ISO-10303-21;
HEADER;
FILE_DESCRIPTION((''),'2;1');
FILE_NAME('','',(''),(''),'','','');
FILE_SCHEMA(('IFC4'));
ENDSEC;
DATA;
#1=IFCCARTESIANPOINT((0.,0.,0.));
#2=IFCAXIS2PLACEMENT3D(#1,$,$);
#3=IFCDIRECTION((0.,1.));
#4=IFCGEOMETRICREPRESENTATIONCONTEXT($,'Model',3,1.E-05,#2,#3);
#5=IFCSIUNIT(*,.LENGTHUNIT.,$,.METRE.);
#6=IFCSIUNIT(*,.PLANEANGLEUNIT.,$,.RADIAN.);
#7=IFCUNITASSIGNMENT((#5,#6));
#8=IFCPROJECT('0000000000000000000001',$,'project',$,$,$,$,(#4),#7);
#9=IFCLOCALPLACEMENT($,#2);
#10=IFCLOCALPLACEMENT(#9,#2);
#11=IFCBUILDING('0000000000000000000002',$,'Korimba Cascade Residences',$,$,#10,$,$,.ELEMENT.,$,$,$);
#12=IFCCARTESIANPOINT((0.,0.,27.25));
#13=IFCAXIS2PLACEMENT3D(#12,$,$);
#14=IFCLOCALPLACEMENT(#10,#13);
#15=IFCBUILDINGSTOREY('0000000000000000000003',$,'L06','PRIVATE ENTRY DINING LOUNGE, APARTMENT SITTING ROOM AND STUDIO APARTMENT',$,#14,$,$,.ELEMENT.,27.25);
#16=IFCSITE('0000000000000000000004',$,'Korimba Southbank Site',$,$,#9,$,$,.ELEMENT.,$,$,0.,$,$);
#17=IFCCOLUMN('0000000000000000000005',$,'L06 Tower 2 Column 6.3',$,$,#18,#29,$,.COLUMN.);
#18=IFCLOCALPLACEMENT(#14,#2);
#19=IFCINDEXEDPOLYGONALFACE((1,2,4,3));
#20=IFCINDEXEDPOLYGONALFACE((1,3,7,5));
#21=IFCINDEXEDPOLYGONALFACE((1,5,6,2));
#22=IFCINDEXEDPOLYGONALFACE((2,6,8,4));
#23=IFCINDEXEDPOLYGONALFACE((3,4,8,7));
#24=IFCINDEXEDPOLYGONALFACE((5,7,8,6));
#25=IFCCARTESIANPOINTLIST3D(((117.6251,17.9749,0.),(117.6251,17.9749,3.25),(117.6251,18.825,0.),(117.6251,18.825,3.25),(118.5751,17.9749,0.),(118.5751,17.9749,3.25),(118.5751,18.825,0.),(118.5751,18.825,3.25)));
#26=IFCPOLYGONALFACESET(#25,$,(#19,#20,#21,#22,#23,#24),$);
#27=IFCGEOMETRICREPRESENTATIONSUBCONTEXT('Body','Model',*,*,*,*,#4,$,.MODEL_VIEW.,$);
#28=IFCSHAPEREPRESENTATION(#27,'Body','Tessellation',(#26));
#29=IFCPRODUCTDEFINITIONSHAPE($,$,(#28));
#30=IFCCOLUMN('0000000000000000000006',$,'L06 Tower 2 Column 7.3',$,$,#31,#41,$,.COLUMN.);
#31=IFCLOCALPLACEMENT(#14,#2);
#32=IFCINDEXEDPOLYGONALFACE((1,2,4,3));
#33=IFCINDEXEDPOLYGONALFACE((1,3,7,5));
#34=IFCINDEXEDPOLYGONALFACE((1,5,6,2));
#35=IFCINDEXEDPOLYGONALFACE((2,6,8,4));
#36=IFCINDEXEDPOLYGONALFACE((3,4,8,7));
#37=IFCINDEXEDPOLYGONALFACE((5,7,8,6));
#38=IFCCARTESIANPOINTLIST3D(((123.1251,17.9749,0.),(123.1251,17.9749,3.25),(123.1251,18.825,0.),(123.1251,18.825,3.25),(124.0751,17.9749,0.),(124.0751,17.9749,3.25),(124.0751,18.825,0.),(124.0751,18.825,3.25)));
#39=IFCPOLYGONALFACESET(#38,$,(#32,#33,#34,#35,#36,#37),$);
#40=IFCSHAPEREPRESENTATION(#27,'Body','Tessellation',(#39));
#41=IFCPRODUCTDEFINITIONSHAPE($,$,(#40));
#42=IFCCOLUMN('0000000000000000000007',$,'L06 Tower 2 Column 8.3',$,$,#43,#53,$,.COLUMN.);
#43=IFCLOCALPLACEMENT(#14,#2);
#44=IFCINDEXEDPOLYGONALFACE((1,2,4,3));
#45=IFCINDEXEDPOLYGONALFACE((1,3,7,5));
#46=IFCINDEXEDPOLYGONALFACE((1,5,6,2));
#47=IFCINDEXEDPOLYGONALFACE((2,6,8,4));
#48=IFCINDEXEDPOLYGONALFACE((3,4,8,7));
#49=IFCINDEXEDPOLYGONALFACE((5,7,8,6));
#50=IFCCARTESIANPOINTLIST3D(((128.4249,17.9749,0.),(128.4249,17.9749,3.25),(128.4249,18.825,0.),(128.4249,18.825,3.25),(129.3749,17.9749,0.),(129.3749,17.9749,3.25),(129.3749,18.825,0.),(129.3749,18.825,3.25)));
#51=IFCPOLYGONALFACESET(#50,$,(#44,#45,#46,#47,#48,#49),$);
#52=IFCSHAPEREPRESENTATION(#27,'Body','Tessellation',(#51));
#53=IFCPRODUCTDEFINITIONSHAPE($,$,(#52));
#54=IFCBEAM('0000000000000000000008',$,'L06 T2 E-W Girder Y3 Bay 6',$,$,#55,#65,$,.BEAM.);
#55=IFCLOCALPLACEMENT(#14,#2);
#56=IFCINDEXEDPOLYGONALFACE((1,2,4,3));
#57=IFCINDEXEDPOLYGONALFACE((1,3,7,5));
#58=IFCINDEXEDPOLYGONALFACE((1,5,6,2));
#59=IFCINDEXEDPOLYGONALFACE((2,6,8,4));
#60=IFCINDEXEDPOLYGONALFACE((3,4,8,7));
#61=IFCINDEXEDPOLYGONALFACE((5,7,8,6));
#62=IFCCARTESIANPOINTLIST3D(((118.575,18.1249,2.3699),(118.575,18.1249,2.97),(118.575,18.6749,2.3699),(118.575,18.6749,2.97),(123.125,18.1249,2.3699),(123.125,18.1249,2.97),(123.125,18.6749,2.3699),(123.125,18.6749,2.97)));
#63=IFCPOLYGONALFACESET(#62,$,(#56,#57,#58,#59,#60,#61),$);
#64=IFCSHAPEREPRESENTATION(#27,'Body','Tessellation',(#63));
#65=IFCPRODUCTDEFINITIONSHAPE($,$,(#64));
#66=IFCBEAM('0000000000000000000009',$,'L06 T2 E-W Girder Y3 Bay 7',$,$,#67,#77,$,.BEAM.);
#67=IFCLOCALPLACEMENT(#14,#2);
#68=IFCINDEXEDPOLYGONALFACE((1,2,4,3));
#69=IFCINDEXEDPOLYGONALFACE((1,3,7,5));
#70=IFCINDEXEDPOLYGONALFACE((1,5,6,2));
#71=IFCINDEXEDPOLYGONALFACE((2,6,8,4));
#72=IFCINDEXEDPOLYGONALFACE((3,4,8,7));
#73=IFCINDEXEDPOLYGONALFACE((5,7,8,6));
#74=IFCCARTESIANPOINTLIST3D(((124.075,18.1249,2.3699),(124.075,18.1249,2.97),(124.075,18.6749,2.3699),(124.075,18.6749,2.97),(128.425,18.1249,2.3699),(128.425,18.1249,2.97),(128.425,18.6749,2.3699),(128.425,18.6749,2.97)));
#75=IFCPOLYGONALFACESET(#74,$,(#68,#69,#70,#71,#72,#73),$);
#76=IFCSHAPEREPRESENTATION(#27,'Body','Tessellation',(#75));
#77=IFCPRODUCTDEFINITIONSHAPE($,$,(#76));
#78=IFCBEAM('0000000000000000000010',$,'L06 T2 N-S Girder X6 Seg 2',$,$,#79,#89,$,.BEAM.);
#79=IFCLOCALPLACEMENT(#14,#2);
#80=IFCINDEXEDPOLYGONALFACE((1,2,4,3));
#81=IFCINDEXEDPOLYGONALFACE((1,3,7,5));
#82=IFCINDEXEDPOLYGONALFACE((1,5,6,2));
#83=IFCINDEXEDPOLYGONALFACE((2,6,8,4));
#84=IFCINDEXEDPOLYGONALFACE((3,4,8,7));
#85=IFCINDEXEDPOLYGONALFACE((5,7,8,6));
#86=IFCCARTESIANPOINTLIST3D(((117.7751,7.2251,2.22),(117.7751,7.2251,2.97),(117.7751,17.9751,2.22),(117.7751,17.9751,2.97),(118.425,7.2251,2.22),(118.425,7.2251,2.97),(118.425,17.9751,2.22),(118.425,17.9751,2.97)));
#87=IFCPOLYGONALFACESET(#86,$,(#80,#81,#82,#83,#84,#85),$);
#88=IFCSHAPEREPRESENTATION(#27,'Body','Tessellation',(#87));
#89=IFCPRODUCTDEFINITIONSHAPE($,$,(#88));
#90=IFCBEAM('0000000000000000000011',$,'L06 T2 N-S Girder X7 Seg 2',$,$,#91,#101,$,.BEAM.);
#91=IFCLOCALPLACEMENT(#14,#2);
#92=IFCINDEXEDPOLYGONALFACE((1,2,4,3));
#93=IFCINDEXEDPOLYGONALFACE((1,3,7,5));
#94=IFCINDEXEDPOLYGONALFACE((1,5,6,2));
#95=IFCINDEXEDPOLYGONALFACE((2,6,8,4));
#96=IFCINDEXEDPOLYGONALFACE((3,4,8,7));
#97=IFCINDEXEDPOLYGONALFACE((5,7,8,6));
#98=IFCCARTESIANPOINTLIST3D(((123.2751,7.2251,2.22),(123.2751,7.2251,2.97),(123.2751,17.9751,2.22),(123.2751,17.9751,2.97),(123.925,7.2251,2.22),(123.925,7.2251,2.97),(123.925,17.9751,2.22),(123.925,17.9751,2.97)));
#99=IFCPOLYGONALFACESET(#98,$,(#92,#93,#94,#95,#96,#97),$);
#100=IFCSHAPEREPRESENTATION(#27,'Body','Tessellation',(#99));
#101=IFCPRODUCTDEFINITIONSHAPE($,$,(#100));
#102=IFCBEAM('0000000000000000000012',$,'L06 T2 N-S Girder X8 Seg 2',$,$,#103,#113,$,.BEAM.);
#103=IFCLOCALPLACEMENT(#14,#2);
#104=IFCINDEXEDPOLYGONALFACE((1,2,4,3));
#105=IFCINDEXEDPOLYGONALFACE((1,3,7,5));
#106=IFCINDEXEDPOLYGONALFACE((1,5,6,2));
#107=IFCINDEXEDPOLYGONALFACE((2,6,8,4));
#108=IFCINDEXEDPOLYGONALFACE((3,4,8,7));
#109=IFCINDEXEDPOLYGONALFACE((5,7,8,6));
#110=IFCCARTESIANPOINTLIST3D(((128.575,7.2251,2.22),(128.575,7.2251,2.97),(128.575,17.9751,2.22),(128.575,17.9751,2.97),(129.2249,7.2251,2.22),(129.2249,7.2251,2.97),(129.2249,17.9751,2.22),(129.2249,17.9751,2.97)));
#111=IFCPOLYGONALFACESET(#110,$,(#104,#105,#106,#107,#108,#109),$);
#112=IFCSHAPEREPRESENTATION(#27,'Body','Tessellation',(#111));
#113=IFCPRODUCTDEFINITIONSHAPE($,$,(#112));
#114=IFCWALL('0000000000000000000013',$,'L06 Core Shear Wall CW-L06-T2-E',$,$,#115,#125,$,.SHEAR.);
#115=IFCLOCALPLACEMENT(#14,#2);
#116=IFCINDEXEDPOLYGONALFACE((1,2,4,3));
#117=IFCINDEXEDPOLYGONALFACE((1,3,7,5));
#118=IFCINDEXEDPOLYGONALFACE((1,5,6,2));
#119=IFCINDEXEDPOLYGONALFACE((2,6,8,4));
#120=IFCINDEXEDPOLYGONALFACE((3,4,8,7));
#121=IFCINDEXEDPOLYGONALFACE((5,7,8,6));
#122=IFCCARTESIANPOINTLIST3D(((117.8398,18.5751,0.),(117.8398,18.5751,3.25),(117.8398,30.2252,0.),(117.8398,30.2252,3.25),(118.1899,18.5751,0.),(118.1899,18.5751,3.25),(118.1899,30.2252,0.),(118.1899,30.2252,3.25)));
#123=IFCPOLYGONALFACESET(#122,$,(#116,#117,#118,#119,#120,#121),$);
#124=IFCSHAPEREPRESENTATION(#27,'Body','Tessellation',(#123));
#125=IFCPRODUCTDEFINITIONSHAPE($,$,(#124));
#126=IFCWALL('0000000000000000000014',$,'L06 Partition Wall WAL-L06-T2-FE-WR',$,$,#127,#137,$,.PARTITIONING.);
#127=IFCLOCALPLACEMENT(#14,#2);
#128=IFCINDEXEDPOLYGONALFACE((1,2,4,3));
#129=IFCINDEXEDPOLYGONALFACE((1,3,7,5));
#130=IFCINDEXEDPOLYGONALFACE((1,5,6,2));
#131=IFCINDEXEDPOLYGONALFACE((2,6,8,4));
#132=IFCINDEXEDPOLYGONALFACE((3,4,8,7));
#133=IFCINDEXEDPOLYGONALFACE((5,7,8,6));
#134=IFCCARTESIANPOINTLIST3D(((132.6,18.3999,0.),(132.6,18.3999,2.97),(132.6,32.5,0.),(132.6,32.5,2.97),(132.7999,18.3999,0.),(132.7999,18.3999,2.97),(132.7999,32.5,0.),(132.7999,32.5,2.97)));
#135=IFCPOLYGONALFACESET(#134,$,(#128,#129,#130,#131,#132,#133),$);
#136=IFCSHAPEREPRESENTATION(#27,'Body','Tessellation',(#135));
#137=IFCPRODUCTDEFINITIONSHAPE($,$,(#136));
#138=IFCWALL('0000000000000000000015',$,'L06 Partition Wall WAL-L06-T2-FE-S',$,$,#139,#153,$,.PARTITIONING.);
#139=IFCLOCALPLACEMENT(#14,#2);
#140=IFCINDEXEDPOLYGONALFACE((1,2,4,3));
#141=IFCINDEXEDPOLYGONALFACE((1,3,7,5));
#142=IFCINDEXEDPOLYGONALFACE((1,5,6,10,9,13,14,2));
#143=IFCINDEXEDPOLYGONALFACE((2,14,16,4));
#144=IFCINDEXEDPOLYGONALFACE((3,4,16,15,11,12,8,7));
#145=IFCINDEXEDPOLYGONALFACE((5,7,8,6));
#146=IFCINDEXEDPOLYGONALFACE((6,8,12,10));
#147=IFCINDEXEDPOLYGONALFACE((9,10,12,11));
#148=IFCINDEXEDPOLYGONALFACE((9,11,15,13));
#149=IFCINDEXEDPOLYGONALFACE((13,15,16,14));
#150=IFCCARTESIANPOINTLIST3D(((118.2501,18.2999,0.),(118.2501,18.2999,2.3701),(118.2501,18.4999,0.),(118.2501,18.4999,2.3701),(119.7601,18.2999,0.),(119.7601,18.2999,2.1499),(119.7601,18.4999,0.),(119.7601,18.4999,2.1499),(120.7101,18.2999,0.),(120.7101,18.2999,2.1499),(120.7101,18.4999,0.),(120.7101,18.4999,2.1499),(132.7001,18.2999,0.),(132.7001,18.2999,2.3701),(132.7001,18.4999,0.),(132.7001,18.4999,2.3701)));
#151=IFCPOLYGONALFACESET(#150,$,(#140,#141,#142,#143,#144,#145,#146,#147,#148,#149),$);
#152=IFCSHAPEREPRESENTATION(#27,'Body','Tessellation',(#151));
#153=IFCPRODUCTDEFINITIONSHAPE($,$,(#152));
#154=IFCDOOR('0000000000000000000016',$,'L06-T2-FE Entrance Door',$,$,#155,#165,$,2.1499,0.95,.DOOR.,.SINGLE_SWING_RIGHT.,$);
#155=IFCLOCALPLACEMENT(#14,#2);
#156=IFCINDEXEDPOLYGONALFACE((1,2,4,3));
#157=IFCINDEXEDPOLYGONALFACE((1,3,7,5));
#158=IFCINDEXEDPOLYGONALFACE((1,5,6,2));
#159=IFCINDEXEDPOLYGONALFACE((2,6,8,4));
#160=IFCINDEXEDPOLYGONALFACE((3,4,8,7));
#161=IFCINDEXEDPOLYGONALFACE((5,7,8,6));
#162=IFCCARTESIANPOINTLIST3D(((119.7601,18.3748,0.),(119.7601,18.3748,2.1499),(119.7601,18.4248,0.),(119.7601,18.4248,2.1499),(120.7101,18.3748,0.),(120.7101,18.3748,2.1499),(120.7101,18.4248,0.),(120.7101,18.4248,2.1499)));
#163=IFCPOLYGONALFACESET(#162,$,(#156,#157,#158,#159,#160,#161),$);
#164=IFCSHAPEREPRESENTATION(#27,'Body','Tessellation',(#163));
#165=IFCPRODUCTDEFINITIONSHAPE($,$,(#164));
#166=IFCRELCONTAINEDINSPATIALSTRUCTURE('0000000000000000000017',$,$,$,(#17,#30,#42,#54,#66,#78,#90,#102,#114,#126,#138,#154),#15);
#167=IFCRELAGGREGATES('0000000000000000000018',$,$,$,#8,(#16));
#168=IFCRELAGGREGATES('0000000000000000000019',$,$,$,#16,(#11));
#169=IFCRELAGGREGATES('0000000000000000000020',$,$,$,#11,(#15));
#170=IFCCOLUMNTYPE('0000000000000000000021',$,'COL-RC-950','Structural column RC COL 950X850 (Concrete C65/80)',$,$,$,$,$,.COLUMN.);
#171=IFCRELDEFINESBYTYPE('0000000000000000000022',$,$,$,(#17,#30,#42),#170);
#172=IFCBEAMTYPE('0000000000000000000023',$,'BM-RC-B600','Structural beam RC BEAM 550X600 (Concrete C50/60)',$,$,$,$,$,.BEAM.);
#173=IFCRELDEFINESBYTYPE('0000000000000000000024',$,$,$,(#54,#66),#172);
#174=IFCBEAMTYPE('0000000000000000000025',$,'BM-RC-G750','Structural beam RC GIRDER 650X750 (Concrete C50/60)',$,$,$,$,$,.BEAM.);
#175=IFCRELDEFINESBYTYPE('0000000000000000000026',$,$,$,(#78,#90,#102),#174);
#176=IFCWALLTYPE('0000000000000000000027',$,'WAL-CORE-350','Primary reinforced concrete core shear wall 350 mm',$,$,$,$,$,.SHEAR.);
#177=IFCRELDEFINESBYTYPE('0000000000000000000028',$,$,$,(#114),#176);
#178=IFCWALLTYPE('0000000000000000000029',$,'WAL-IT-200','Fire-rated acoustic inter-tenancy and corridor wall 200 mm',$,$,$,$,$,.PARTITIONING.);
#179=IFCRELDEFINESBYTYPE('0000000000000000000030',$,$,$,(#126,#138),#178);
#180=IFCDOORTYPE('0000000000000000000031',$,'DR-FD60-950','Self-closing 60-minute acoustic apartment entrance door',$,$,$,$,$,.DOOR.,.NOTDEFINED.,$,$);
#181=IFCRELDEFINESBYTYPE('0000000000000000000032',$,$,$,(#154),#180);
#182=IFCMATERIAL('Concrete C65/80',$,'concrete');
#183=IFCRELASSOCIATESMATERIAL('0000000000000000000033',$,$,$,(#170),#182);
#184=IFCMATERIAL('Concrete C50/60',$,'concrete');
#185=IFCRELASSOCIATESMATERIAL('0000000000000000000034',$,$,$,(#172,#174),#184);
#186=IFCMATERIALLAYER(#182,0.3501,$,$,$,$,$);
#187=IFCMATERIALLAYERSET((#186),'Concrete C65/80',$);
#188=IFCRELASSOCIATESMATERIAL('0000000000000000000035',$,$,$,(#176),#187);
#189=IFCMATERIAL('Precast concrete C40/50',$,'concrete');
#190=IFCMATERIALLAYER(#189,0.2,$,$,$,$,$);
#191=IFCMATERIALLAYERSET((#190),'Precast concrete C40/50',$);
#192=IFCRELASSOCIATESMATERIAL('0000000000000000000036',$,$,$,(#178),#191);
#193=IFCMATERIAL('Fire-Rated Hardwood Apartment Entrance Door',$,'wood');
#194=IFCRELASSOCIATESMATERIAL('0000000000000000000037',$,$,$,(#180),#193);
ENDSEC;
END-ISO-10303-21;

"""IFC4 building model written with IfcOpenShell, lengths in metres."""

from ifc_helpers import new_model, si_unit, direction, frame, frame_2d, origin, origin_2d, place, context, subcontext, project, spatial, rectangle, extrude, material, layer, layer_set, material_profile, profile_set, type_object, element, fill, save


model = new_model("IFC4")

# Units and contexts
model_context = context("Model", 3, precision=1e-05, world=origin(), true_north=direction((0.0, 1.0)))
body_context = subcontext(model_context, "Body", "Model", "MODEL_VIEW")
ifc_project = project(units=[si_unit("LENGTHUNIT", "METRE"), si_unit("PLANEANGLEUNIT", "RADIAN")], contexts=[model_context])

# Site, building, storey
site_placement = place(None, origin())
site = spatial("IfcSite", under=ifc_project, at=site_placement, Name="Korimba Southbank Site", CompositionType="ELEMENT", RefElevation=0.0)
building_placement = place(site_placement, origin())
building = spatial("IfcBuilding", under=site, at=building_placement, Name="Korimba Cascade Residences", CompositionType="ELEMENT")
storey_placement = place(building_placement, frame((0.0, 0.0, 27.25)))
storey = spatial("IfcBuildingStorey", under=building, at=storey_placement, Name="L06", Description="PRIVATE ENTRY DINING LOUNGE, APARTMENT SITTING ROOM AND STUDIO APARTMENT", CompositionType="ELEMENT", Elevation=27.25)

# Columns
ifc_material_1 = material(Name="Concrete C65/80", Category="concrete")
ifc_material_profile_1 = material_profile(ifc_material_1, rectangle(XDim=0.95, YDim=0.8501, at=origin_2d()), Name="Concrete C65/80")
ifc_profile_set_1 = profile_set([ifc_material_profile_1], Name="Concrete C65/80")
column_type = type_object("IfcColumnType", Name="COL-RC-950", Description="Structural column RC COL 950X850 (Concrete C65/80)", PredefinedType="COLUMN", material=ifc_profile_set_1)
for number, where, z_axis, x_axis, name in (
    (1, (118.1001, 18.3999, 0.0), (0.0, 0.0, 1.0), (1.0, 0.0, 0.0), "L06 Tower 2 Column 6.3"),
    (2, (123.6001, 18.3999, 0.0), (0.0, 0.0, 1.0), (1.0, 0.0, 0.0), "L06 Tower 2 Column 7.3"),
    (3, (128.8999, 18.3999, 0.0), (0.0, 0.0, 1.0), (1.0, 0.0, 0.0), "L06 Tower 2 Column 8.3"),
):
    element("IfcColumn", number, at=place(storey_placement, frame(where, z_axis=z_axis, x_axis=x_axis)), inside=storey, type_object=column_type, Name=name, PredefinedType="COLUMN", context=body_context, shape_type="SweptSolid", body=[
        extrude(rectangle(XDim=0.95, YDim=0.8501, at=origin_2d()), origin(), (0.0, 0.0, 1.0), 3.25),
    ])

# Beams
ifc_material_2 = material(Name="Concrete C50/60", Category="concrete")
ifc_material_profile_2 = material_profile(ifc_material_2, rectangle(XDim=0.55, YDim=0.6001, at=origin_2d()), Name="Concrete C50/60")
ifc_profile_set_2 = profile_set([ifc_material_profile_2], Name="Concrete C50/60")
beam_type_1 = type_object("IfcBeamType", Name="BM-RC-B600", Description="Structural beam RC BEAM 550X600 (Concrete C50/60)", PredefinedType="BEAM", material=ifc_profile_set_2)
beam_1_placement = place(storey_placement, frame((118.575, 18.3999, 2.6699), z_axis=(1.0, 0.0, 0.0), x_axis=(0.0, 1.0, 0.0)))
element("IfcBeam", 4, at=beam_1_placement, inside=storey, type_object=beam_type_1, Name="L06 T2 E-W Girder Y3 Bay 6", PredefinedType="BEAM", context=body_context, shape_type="SweptSolid", body=[
    extrude(rectangle(XDim=0.55, YDim=0.6001, at=origin_2d()), origin(), (0.0, 0.0, 1.0), 4.55),
])
beam_2_placement = place(storey_placement, frame((124.075, 18.3999, 2.6699), z_axis=(1.0, 0.0, 0.0), x_axis=(0.0, 1.0, 0.0)))
element("IfcBeam", 5, at=beam_2_placement, inside=storey, type_object=beam_type_1, Name="L06 T2 E-W Girder Y3 Bay 7", PredefinedType="BEAM", context=body_context, shape_type="SweptSolid", body=[
    extrude(rectangle(XDim=0.55, YDim=0.6001, at=origin_2d()), origin(), (0.0, 0.0, 1.0), 4.3501),
])
ifc_material_profile_3 = material_profile(ifc_material_2, rectangle(XDim=0.6499, YDim=0.75, at=origin_2d()), Name="Concrete C50/60")
ifc_profile_set_3 = profile_set([ifc_material_profile_3], Name="Concrete C50/60")
beam_type_2 = type_object("IfcBeamType", Name="BM-RC-G750", Description="Structural beam RC GIRDER 650X750 (Concrete C50/60)", PredefinedType="BEAM", material=ifc_profile_set_3)
for number, where, z_axis, x_axis, name in (
    (6, (118.1001, 7.2251, 2.595), (0.0, 1.0, 0.0), (-1.0, 0.0, 0.0), "L06 T2 N-S Girder X6 Seg 2"),
    (7, (123.6001, 7.2251, 2.595), (0.0, 1.0, 0.0), (-1.0, 0.0, 0.0), "L06 T2 N-S Girder X7 Seg 2"),
    (8, (128.8999, 7.2251, 2.595), (0.0, 1.0, 0.0), (-1.0, 0.0, 0.0), "L06 T2 N-S Girder X8 Seg 2"),
):
    element("IfcBeam", number, at=place(storey_placement, frame(where, z_axis=z_axis, x_axis=x_axis)), inside=storey, type_object=beam_type_2, Name=name, PredefinedType="BEAM", context=body_context, shape_type="SweptSolid", body=[
        extrude(rectangle(XDim=0.6499, YDim=0.75, at=origin_2d()), origin(), (0.0, 0.0, 1.0), 10.75),
    ])

# Walls
ifc_layer_1 = layer(ifc_material_1, 0.3501)
ifc_layer_set_1 = layer_set([ifc_layer_1], Name="Concrete C65/80")
wall_type_1 = type_object("IfcWallType", Name="WAL-CORE-350", Description="Primary reinforced concrete core shear wall 350 mm", PredefinedType="SHEAR", material=ifc_layer_set_1)
wall_1_placement = place(storey_placement, frame((118.0149, 18.575, 0.0), z_axis=(0.0, 0.0, 1.0), x_axis=(0.0, 1.0, 0.0)))
element("IfcWall", 9, at=wall_1_placement, inside=storey, type_object=wall_type_1, Name="L06 Core Shear Wall CW-L06-T2-E", PredefinedType="SHEAR", context=body_context, shape_type="SweptSolid", body=[
    extrude(rectangle(XDim=11.6501, YDim=0.3501, at=frame_2d((5.8252, 0.0))), origin(), (0.0, 0.0, 1.0), 3.25),
])
ifc_material_3 = material(Name="Precast concrete C40/50", Category="concrete")
ifc_layer_2 = layer(ifc_material_3, 0.2)
ifc_layer_set_2 = layer_set([ifc_layer_2], Name="Precast concrete C40/50")
wall_type_2 = type_object("IfcWallType", Name="WAL-IT-200", Description="Fire-rated acoustic inter-tenancy and corridor wall 200 mm", PredefinedType="PARTITIONING", material=ifc_layer_set_2)
wall_2_placement = place(storey_placement, frame((132.7, 18.3999, 0.0), z_axis=(0.0, 0.0, 1.0), x_axis=(0.0, 1.0, 0.0)))
element("IfcWall", 10, at=wall_2_placement, inside=storey, type_object=wall_type_2, Name="L06 Partition Wall WAL-L06-T2-FE-WR", PredefinedType="PARTITIONING", context=body_context, shape_type="SweptSolid", body=[
    extrude(rectangle(XDim=14.1001, YDim=0.2, at=frame_2d((7.05, 0.0))), origin(), (0.0, 0.0, 1.0), 2.97),
])

# Wall, opening, door
wall_3_placement = place(storey_placement, frame((118.25, 18.3999, 0.0), z_axis=(0.0, 0.0, 1.0), x_axis=(1.0, 0.0, 0.0)))
wall_3 = element("IfcWall", 11, at=wall_3_placement, inside=storey, type_object=wall_type_2, Name="L06 Partition Wall WAL-L06-T2-FE-S", PredefinedType="PARTITIONING", context=body_context, shape_type="SweptSolid", body=[
    extrude(rectangle(XDim=14.45, YDim=0.2, at=frame_2d((7.2251, 0.0))), origin(), (0.0, 0.0, 1.0), 2.3701),
])
opening_1_placement = place(wall_3_placement, frame((1.51, 0.0, 0.0)))
opening_1 = element("IfcOpeningElement", 12, at=opening_1_placement, cuts=wall_3, PredefinedType="OPENING", context=body_context, shape_type="SweptSolid", body=[
    extrude(rectangle(XDim=0.95, YDim=2.1499, at=frame_2d((0.4751, 1.075))), frame((0.0, 0.1099, 0.0), z_axis=(0.0, -1.0, 0.0), x_axis=(1.0, 0.0, 0.0)), (0.0, 0.0, 1.0), 0.22),
])
ifc_material_4 = material(Name="Fire-Rated Hardwood Apartment Entrance Door", Category="wood")
door_type_1 = type_object("IfcDoorType", Name="DR-FD60-950", Description="Self-closing 60-minute acoustic apartment entrance door", OperationType="NOTDEFINED", PredefinedType="DOOR", material=ifc_material_4)
door_1_placement = place(opening_1_placement, origin())
door_1 = element("IfcDoor", 13, at=door_1_placement, inside=storey, type_object=door_type_1, Name="L06-T2-FE Entrance Door", OperationType="SINGLE_SWING_RIGHT", OverallHeight=2.1499, OverallWidth=0.95, PredefinedType="DOOR", context=body_context, shape_type="SweptSolid", body=[
    extrude(rectangle(XDim=0.95, YDim=2.1499, at=frame_2d((0.4751, 1.075))), frame((0.0, 0.0249, 0.0), z_axis=(0.0, -1.0, 0.0), x_axis=(1.0, 0.0, 0.0)), (0.0, 0.0, 1.0), 0.05),
])
fill(opening_1, door_1)

save(model, "model.ifc")
